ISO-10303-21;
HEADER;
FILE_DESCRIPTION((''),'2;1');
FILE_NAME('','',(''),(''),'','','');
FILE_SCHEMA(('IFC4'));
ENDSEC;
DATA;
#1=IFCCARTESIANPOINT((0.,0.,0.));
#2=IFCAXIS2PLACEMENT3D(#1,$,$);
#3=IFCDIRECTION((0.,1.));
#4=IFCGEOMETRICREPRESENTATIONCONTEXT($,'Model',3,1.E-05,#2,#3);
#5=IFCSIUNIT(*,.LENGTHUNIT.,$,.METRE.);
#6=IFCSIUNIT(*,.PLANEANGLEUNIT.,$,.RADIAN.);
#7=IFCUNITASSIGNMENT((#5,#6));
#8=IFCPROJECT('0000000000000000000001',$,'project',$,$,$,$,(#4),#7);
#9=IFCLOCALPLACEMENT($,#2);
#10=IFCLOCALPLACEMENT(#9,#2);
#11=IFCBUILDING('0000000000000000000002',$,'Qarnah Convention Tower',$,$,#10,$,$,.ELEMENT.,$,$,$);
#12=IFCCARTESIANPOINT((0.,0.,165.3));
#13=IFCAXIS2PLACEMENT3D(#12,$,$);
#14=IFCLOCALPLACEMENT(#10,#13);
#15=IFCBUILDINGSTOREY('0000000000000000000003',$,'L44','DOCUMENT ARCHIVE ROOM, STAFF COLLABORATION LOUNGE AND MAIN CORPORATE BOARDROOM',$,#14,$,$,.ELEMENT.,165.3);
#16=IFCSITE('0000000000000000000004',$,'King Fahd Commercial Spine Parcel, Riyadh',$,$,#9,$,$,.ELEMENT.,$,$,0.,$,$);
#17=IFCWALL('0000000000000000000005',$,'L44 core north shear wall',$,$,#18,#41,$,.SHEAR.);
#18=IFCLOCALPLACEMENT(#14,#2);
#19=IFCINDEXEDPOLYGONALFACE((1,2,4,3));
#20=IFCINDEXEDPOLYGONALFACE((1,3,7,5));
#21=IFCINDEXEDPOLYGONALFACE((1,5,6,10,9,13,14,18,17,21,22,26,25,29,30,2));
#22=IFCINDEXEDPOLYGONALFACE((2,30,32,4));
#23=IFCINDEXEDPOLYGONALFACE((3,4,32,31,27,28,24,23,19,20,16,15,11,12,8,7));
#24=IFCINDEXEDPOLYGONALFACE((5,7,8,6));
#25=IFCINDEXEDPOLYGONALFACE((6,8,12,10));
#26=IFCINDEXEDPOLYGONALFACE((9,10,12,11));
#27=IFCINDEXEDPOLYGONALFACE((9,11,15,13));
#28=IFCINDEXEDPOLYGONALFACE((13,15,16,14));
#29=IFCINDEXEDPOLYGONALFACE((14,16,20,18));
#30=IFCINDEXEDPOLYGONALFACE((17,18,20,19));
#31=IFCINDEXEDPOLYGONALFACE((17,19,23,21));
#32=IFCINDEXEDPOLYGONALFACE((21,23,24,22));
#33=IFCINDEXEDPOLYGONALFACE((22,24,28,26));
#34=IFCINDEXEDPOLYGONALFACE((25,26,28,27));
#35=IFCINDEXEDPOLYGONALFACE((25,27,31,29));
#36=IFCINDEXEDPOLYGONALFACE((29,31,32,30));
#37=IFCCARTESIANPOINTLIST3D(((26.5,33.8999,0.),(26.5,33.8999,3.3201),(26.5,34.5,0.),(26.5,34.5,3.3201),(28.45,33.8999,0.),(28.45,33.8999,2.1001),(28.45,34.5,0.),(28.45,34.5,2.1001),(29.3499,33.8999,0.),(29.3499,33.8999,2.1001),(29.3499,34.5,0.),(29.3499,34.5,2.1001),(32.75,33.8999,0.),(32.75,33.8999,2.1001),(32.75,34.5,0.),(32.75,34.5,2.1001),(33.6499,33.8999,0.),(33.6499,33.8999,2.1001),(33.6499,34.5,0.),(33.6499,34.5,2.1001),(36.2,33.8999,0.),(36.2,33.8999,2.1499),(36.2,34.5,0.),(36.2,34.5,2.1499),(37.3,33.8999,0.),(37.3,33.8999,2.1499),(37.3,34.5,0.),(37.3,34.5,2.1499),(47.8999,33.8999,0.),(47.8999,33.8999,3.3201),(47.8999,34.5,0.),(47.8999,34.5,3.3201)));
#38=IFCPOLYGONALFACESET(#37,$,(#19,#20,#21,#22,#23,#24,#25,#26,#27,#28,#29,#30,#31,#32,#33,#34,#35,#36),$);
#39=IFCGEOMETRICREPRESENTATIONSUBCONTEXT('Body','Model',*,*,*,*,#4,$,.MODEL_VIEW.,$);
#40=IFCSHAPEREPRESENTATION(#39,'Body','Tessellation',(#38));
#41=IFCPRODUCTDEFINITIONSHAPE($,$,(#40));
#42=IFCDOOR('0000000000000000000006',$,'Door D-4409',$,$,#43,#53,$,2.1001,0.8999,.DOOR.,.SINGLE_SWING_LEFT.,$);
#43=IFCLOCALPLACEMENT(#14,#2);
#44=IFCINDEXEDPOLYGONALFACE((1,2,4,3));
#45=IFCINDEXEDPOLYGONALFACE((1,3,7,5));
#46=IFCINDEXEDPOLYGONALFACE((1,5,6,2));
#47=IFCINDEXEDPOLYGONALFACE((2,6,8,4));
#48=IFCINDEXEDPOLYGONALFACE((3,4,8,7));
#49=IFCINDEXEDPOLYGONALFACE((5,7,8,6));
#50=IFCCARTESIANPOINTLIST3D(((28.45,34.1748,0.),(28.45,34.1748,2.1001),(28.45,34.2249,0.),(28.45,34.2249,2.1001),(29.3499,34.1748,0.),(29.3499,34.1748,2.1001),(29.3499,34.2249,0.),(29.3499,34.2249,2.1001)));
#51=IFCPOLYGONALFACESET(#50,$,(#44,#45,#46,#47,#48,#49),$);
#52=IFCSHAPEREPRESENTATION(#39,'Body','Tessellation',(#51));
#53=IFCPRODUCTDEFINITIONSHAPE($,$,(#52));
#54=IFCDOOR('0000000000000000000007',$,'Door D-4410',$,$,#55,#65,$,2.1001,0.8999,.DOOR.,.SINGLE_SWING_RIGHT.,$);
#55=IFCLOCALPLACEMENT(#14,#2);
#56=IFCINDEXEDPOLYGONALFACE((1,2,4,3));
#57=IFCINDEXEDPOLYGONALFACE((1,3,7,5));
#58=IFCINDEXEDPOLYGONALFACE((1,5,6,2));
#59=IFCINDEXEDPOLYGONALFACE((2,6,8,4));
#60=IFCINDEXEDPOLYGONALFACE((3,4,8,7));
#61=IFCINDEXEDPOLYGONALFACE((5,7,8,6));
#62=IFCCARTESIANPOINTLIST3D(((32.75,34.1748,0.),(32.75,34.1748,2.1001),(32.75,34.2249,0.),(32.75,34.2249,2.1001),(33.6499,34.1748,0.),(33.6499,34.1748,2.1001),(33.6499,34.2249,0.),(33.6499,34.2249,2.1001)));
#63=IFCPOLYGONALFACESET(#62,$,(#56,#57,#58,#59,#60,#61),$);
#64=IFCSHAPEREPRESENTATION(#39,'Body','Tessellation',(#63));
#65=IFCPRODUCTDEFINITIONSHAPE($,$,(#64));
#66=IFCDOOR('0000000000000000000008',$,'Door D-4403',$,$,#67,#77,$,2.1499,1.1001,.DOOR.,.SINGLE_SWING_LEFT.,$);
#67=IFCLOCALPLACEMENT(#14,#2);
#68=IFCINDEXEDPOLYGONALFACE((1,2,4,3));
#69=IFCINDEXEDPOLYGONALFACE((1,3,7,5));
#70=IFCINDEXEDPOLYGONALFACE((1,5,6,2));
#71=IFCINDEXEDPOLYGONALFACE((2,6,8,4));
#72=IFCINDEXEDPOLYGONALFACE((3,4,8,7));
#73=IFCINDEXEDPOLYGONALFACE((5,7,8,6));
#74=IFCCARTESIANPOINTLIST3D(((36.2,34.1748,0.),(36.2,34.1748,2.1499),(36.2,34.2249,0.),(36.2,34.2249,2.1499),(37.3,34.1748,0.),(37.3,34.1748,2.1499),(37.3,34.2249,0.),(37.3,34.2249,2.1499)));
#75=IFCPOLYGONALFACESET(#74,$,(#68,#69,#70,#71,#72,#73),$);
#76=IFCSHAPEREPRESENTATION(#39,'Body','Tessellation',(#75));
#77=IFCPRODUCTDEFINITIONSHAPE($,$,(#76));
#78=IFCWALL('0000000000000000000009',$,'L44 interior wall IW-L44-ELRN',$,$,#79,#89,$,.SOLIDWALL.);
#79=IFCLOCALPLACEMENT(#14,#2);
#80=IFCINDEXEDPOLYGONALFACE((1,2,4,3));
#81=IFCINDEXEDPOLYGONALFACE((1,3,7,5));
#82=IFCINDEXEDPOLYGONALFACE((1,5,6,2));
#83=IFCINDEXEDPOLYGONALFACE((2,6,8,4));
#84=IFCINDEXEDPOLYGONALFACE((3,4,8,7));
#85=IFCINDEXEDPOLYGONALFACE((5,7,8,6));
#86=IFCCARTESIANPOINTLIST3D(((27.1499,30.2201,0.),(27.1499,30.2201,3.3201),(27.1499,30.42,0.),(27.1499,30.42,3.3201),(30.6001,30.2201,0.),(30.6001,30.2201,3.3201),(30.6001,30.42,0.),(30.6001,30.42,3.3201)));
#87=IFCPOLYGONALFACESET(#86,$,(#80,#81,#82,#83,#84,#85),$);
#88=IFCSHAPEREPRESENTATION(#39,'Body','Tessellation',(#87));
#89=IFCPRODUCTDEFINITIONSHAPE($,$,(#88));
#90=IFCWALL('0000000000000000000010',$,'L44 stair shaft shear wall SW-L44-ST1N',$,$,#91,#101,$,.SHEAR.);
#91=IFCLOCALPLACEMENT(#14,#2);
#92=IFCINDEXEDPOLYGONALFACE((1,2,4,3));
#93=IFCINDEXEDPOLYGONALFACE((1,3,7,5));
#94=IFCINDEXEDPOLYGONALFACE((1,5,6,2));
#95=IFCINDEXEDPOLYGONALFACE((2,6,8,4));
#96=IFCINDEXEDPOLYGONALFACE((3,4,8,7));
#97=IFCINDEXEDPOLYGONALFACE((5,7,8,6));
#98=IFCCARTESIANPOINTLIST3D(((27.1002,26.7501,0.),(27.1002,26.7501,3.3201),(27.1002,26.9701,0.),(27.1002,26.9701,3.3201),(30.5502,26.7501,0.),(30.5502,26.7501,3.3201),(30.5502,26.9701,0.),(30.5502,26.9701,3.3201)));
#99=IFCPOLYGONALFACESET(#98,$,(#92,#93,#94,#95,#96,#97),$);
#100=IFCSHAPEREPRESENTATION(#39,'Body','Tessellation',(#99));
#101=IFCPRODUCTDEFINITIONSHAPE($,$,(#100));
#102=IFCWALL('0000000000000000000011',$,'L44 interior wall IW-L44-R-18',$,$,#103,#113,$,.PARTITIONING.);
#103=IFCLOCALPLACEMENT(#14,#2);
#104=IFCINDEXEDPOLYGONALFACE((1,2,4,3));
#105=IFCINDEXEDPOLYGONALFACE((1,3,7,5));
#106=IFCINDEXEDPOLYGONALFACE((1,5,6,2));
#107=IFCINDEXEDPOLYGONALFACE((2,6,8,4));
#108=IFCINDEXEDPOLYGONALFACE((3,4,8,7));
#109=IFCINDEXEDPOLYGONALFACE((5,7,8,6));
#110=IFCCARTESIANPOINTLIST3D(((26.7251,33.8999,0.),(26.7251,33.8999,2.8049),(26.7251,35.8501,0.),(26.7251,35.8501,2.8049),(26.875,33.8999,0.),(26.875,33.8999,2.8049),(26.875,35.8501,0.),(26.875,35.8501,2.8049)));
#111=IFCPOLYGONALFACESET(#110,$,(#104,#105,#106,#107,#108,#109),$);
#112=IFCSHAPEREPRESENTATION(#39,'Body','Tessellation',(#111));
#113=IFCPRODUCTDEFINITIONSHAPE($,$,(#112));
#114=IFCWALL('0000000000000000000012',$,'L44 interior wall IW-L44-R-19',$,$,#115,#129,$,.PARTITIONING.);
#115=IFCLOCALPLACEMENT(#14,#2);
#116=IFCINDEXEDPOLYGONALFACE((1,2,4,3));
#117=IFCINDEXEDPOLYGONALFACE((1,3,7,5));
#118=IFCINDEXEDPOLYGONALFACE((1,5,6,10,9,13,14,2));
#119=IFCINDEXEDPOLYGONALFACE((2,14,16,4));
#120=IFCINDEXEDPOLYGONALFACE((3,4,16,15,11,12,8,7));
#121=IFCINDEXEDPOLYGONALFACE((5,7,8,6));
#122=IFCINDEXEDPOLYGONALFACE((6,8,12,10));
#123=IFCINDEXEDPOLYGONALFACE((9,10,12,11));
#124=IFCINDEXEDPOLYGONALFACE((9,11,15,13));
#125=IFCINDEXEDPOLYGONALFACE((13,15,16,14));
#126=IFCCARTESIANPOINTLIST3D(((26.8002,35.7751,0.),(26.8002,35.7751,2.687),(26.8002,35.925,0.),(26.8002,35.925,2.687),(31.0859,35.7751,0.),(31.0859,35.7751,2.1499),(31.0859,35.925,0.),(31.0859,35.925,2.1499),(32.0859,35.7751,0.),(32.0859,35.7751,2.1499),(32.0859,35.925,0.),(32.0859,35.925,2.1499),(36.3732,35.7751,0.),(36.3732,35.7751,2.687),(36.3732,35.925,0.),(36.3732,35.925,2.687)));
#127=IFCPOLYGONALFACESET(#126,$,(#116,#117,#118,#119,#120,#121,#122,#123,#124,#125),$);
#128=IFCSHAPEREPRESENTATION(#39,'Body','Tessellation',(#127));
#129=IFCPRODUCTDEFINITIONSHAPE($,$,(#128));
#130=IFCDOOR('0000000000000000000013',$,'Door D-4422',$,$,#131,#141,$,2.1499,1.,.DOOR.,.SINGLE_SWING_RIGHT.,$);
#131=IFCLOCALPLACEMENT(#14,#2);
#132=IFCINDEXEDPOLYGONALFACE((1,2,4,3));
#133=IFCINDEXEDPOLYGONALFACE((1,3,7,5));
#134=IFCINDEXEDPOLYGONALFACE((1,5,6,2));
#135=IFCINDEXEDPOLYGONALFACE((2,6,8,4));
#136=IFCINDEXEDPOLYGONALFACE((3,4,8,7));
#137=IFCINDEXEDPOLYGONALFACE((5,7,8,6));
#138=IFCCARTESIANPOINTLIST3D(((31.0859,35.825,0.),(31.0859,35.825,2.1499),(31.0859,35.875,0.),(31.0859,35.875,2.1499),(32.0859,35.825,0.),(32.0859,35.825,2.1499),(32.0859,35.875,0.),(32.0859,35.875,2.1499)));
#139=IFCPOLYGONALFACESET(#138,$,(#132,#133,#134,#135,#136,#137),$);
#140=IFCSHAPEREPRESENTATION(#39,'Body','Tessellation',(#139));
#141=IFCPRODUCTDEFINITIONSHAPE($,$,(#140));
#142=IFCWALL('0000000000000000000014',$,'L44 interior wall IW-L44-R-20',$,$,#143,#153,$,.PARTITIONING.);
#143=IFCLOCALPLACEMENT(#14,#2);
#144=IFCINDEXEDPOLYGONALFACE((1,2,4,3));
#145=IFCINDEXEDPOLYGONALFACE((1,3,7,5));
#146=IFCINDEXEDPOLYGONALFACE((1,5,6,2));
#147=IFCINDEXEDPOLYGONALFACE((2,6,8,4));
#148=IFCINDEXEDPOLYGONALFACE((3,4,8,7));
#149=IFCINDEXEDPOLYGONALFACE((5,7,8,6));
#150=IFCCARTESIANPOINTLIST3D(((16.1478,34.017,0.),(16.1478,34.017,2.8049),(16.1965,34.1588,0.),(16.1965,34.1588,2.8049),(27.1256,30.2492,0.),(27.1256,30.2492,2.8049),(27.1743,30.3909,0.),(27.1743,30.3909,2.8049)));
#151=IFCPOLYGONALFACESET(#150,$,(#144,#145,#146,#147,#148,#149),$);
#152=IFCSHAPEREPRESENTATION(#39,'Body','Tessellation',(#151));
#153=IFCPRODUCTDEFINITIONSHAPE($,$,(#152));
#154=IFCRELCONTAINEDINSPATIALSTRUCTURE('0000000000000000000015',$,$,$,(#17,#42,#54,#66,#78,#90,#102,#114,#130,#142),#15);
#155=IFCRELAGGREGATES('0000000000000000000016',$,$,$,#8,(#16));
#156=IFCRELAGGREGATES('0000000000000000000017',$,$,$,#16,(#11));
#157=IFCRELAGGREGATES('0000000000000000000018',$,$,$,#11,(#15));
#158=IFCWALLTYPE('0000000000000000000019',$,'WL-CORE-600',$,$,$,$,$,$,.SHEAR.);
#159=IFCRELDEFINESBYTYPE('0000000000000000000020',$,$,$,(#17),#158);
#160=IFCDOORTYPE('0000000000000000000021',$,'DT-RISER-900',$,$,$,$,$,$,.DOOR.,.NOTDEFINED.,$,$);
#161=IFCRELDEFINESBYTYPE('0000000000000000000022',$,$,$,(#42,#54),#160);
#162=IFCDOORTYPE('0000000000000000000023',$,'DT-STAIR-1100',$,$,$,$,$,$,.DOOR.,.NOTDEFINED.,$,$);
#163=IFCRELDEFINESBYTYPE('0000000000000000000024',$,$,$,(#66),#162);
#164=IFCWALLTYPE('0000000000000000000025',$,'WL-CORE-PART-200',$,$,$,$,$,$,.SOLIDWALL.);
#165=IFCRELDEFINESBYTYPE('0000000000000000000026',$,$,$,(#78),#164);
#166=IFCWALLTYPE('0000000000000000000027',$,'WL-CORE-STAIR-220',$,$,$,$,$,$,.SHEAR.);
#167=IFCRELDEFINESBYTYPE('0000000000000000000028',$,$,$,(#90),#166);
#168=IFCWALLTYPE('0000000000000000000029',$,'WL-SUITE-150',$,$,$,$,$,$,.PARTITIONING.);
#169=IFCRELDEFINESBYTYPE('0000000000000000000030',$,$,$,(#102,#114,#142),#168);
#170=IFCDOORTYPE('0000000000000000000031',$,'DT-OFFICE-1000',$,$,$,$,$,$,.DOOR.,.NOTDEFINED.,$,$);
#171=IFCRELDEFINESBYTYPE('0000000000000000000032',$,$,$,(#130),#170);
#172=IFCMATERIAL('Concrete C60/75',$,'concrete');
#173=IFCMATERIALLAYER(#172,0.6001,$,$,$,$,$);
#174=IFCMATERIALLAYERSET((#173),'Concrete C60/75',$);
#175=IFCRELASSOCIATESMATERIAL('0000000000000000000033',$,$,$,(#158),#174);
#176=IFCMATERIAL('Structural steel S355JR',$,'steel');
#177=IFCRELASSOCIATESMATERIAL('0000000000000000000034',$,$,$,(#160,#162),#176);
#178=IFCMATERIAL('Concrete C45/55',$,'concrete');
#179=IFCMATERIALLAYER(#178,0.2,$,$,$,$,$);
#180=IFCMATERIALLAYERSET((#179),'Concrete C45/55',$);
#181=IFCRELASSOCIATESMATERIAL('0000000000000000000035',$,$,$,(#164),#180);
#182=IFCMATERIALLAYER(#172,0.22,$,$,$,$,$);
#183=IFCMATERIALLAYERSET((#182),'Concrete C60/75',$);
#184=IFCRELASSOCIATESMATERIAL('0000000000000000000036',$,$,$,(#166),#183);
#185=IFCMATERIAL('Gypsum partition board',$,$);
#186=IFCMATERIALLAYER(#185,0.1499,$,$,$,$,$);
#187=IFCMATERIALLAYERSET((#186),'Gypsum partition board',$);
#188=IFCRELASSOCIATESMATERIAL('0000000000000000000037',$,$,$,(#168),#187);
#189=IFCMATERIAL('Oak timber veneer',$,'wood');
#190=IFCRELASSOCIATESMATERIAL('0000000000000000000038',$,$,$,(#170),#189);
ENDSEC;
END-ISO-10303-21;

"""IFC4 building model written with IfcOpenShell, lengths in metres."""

from ifc_helpers import new_model, si_unit, direction, frame, frame_2d, origin, place, context, subcontext, project, spatial, rectangle, extrude, material, layer, layer_set, type_object, element, fill, save


model = new_model("IFC4")

# Units and contexts
model_context = context("Model", 3, precision=1e-05, world=origin(), true_north=direction((0.0, 1.0)))
body_context = subcontext(model_context, "Body", "Model", "MODEL_VIEW")
ifc_project = project(units=[si_unit("LENGTHUNIT", "METRE"), si_unit("PLANEANGLEUNIT", "RADIAN")], contexts=[model_context])

# Site, building, storey
site_placement = place(None, origin())
site = spatial("IfcSite", under=ifc_project, at=site_placement, Name="King Fahd Commercial Spine Parcel, Riyadh", CompositionType="ELEMENT", RefElevation=0.0)
building_placement = place(site_placement, origin())
building = spatial("IfcBuilding", under=site, at=building_placement, Name="Qarnah Convention Tower", CompositionType="ELEMENT")
storey_placement = place(building_placement, frame((0.0, 0.0, 165.3)))
storey = spatial("IfcBuildingStorey", under=building, at=storey_placement, Name="L44", Description="DOCUMENT ARCHIVE ROOM, STAFF COLLABORATION LOUNGE AND MAIN CORPORATE BOARDROOM", CompositionType="ELEMENT", Elevation=165.3)

# Shared definitions
ifc_material_1 = material(Name="Concrete C60/75", Category="concrete")

# Shared definitions
ifc_material_2 = material(Name="Structural steel S355JR", Category="steel")

# Wall, openings, doors
ifc_layer_1 = layer(ifc_material_1, 0.6001)
ifc_layer_set_1 = layer_set([ifc_layer_1], Name="Concrete C60/75")
wall_type_1 = type_object("IfcWallType", Name="WL-CORE-600", PredefinedType="SHEAR", material=ifc_layer_set_1)
wall_1_placement = place(storey_placement, frame((26.5, 34.2, 0.0), z_axis=(0.0, 0.0, 1.0), x_axis=(1.0, 0.0, 0.0)))
wall_1 = element("IfcWall", 1, at=wall_1_placement, inside=storey, type_object=wall_type_1, Name="L44 core north shear wall", PredefinedType="SHEAR", context=body_context, shape_type="SweptSolid", body=[
    extrude(rectangle(XDim=21.3999, YDim=0.6001, at=frame_2d((10.7, 0.0))), origin(), (0.0, 0.0, 1.0), 3.3201),
])
opening_1_placement = place(wall_1_placement, frame((9.7, 0.0, 0.0)))
opening_1 = element("IfcOpeningElement", 2, at=opening_1_placement, cuts=wall_1, PredefinedType="OPENING", context=body_context, shape_type="SweptSolid", body=[
    extrude(rectangle(XDim=1.1001, YDim=2.1499, at=frame_2d((0.55, 1.075))), frame((0.0, 0.3101, 0.0), z_axis=(0.0, -1.0, 0.0), x_axis=(1.0, 0.0, 0.0)), (0.0, 0.0, 1.0), 0.6201),
])
opening_2_placement = place(wall_1_placement, frame((1.95, 0.0, 0.0)))
opening_2 = element("IfcOpeningElement", 3, at=opening_2_placement, cuts=wall_1, PredefinedType="OPENING", context=body_context, shape_type="SweptSolid", body=[
    extrude(rectangle(XDim=0.8999, YDim=2.1001, at=frame_2d((0.45, 1.05))), frame((0.0, 0.3101, 0.0), z_axis=(0.0, -1.0, 0.0), x_axis=(1.0, 0.0, 0.0)), (0.0, 0.0, 1.0), 0.6201),
])
opening_3_placement = place(wall_1_placement, frame((6.25, 0.0, 0.0)))
opening_3 = element("IfcOpeningElement", 4, at=opening_3_placement, cuts=wall_1, PredefinedType="OPENING", context=body_context, shape_type="SweptSolid", body=[
    extrude(rectangle(XDim=0.8999, YDim=2.1001, at=frame_2d((0.45, 1.05))), frame((0.0, 0.3101, 0.0), z_axis=(0.0, -1.0, 0.0), x_axis=(1.0, 0.0, 0.0)), (0.0, 0.0, 1.0), 0.6201),
])
door_type_1 = type_object("IfcDoorType", Name="DT-RISER-900", OperationType="NOTDEFINED", PredefinedType="DOOR", material=ifc_material_2)
door_1_placement = place(opening_2_placement, origin())
door_1 = element("IfcDoor", 5, at=door_1_placement, inside=storey, type_object=door_type_1, Name="Door D-4409", OperationType="SINGLE_SWING_LEFT", OverallHeight=2.1001, OverallWidth=0.8999, PredefinedType="DOOR", context=body_context, shape_type="SweptSolid", body=[
    extrude(rectangle(XDim=0.8999, YDim=2.1001, at=frame_2d((0.45, 1.05))), frame((0.0, 0.0249, 0.0), z_axis=(0.0, -1.0, 0.0), x_axis=(1.0, 0.0, 0.0)), (0.0, 0.0, 1.0), 0.05),
])
fill(opening_2, door_1)
door_2_placement = place(opening_3_placement, origin())
door_2 = element("IfcDoor", 6, at=door_2_placement, inside=storey, type_object=door_type_1, Name="Door D-4410", OperationType="SINGLE_SWING_RIGHT", OverallHeight=2.1001, OverallWidth=0.8999, PredefinedType="DOOR", context=body_context, shape_type="SweptSolid", body=[
    extrude(rectangle(XDim=0.8999, YDim=2.1001, at=frame_2d((0.45, 1.05))), frame((0.0, 0.0249, 0.0), z_axis=(0.0, -1.0, 0.0), x_axis=(1.0, 0.0, 0.0)), (0.0, 0.0, 1.0), 0.05),
])
fill(opening_3, door_2)
door_type_2 = type_object("IfcDoorType", Name="DT-STAIR-1100", OperationType="NOTDEFINED", PredefinedType="DOOR", material=ifc_material_2)
door_3_placement = place(opening_1_placement, origin())
door_3 = element("IfcDoor", 7, at=door_3_placement, inside=storey, type_object=door_type_2, Name="Door D-4403", OperationType="SINGLE_SWING_LEFT", OverallHeight=2.1499, OverallWidth=1.1001, PredefinedType="DOOR", context=body_context, shape_type="SweptSolid", body=[
    extrude(rectangle(XDim=1.1001, YDim=2.1499, at=frame_2d((0.55, 1.075))), frame((0.0, 0.0249, 0.0), z_axis=(0.0, -1.0, 0.0), x_axis=(1.0, 0.0, 0.0)), (0.0, 0.0, 1.0), 0.05),
])
fill(opening_1, door_3)

# Walls
ifc_material_3 = material(Name="Concrete C45/55", Category="concrete")
ifc_layer_2 = layer(ifc_material_3, 0.2)
ifc_layer_set_2 = layer_set([ifc_layer_2], Name="Concrete C45/55")
wall_type_2 = type_object("IfcWallType", Name="WL-CORE-PART-200", PredefinedType="SOLIDWALL", material=ifc_layer_set_2)
wall_2_placement = place(storey_placement, frame((27.1499, 30.3201, 0.0), z_axis=(0.0, 0.0, 1.0), x_axis=(1.0, 0.0, 0.0)))
element("IfcWall", 8, at=wall_2_placement, inside=storey, type_object=wall_type_2, Name="L44 interior wall IW-L44-ELRN", PredefinedType="SOLIDWALL", context=body_context, shape_type="SweptSolid", body=[
    extrude(rectangle(XDim=3.4502, YDim=0.2, at=frame_2d((1.7251, 0.0))), origin(), (0.0, 0.0, 1.0), 3.3201),
])
ifc_layer_3 = layer(ifc_material_1, 0.22)
ifc_layer_set_3 = layer_set([ifc_layer_3], Name="Concrete C60/75")
wall_type_3 = type_object("IfcWallType", Name="WL-CORE-STAIR-220", PredefinedType="SHEAR", material=ifc_layer_set_3)
wall_3_placement = place(storey_placement, frame((27.1001, 26.8601, 0.0), z_axis=(0.0, 0.0, 1.0), x_axis=(1.0, 0.0, 0.0)))
element("IfcWall", 9, at=wall_3_placement, inside=storey, type_object=wall_type_3, Name="L44 stair shaft shear wall SW-L44-ST1N", PredefinedType="SHEAR", context=body_context, shape_type="SweptSolid", body=[
    extrude(rectangle(XDim=3.45, YDim=0.22, at=frame_2d((1.7251, 0.0))), origin(), (0.0, 0.0, 1.0), 3.3201),
])

# Wall
ifc_material_4 = material(Name="Gypsum partition board")
ifc_layer_4 = layer(ifc_material_4, 0.1499)
ifc_layer_set_4 = layer_set([ifc_layer_4], Name="Gypsum partition board")
wall_type_4 = type_object("IfcWallType", Name="WL-SUITE-150", PredefinedType="PARTITIONING", material=ifc_layer_set_4)
wall_4_placement = place(storey_placement, frame((26.8, 33.8999, 0.0), z_axis=(0.0, 0.0, 1.0), x_axis=(0.0, 1.0, 0.0)))
element("IfcWall", 10, at=wall_4_placement, inside=storey, type_object=wall_type_4, Name="L44 interior wall IW-L44-R-18", PredefinedType="PARTITIONING", context=body_context, shape_type="SweptSolid", body=[
    extrude(rectangle(XDim=1.9502, YDim=0.1499, at=frame_2d((0.9751, 0.0))), origin(), (0.0, 0.0, 1.0), 2.8049),
])

# Wall, opening, door
wall_5_placement = place(storey_placement, frame((26.8, 35.8501, 0.0), z_axis=(0.0, 0.0, 1.0), x_axis=(1.0, 0.0, 0.0)))
wall_5 = element("IfcWall", 11, at=wall_5_placement, inside=storey, type_object=wall_type_4, Name="L44 interior wall IW-L44-R-19", PredefinedType="PARTITIONING", context=body_context, shape_type="SweptSolid", body=[
    extrude(rectangle(XDim=9.573, YDim=0.1499, at=frame_2d((4.7866, 0.0))), origin(), (0.0, 0.0, 1.0), 2.687),
])
opening_4_placement = place(wall_5_placement, frame((4.2859, 0.0, 0.0)))
opening_4 = element("IfcOpeningElement", 12, at=opening_4_placement, cuts=wall_5, PredefinedType="OPENING", context=body_context, shape_type="SweptSolid", body=[
    extrude(rectangle(XDim=1.0, YDim=2.1499, at=frame_2d((0.5, 1.075))), frame((0.0, 0.085, 0.0), z_axis=(0.0, -1.0, 0.0), x_axis=(1.0, 0.0, 0.0)), (0.0, 0.0, 1.0), 0.1699),
])
ifc_material_5 = material(Name="Oak timber veneer", Category="wood")
door_type_3 = type_object("IfcDoorType", Name="DT-OFFICE-1000", OperationType="NOTDEFINED", PredefinedType="DOOR", material=ifc_material_5)
door_4_placement = place(opening_4_placement, origin())
door_4 = element("IfcDoor", 13, at=door_4_placement, inside=storey, type_object=door_type_3, Name="Door D-4422", OperationType="SINGLE_SWING_RIGHT", OverallHeight=2.1499, OverallWidth=1.0, PredefinedType="DOOR", context=body_context, shape_type="SweptSolid", body=[
    extrude(rectangle(XDim=1.0, YDim=2.1499, at=frame_2d((0.5, 1.075))), frame((0.0, 0.0249, 0.0), z_axis=(0.0, -1.0, 0.0), x_axis=(1.0, 0.0, 0.0)), (0.0, 0.0, 1.0), 0.05),
])
fill(opening_4, door_4)

# Wall
wall_6_placement = place(storey_placement, frame((16.1721, 34.0879, 0.0), z_axis=(0.0, 0.0, 1.0), x_axis=(0.94584, -0.324634, 0.0)))
element("IfcWall", 14, at=wall_6_placement, inside=storey, type_object=wall_type_4, Name="L44 interior wall IW-L44-R-20", PredefinedType="PARTITIONING", context=body_context, shape_type="SweptSolid", body=[
    extrude(rectangle(XDim=11.6064, YDim=0.1499, at=frame_2d((5.8032, 0.0))), origin(), (0.0, 0.0, 1.0), 2.8049),
])

save(model, "model.ifc")
